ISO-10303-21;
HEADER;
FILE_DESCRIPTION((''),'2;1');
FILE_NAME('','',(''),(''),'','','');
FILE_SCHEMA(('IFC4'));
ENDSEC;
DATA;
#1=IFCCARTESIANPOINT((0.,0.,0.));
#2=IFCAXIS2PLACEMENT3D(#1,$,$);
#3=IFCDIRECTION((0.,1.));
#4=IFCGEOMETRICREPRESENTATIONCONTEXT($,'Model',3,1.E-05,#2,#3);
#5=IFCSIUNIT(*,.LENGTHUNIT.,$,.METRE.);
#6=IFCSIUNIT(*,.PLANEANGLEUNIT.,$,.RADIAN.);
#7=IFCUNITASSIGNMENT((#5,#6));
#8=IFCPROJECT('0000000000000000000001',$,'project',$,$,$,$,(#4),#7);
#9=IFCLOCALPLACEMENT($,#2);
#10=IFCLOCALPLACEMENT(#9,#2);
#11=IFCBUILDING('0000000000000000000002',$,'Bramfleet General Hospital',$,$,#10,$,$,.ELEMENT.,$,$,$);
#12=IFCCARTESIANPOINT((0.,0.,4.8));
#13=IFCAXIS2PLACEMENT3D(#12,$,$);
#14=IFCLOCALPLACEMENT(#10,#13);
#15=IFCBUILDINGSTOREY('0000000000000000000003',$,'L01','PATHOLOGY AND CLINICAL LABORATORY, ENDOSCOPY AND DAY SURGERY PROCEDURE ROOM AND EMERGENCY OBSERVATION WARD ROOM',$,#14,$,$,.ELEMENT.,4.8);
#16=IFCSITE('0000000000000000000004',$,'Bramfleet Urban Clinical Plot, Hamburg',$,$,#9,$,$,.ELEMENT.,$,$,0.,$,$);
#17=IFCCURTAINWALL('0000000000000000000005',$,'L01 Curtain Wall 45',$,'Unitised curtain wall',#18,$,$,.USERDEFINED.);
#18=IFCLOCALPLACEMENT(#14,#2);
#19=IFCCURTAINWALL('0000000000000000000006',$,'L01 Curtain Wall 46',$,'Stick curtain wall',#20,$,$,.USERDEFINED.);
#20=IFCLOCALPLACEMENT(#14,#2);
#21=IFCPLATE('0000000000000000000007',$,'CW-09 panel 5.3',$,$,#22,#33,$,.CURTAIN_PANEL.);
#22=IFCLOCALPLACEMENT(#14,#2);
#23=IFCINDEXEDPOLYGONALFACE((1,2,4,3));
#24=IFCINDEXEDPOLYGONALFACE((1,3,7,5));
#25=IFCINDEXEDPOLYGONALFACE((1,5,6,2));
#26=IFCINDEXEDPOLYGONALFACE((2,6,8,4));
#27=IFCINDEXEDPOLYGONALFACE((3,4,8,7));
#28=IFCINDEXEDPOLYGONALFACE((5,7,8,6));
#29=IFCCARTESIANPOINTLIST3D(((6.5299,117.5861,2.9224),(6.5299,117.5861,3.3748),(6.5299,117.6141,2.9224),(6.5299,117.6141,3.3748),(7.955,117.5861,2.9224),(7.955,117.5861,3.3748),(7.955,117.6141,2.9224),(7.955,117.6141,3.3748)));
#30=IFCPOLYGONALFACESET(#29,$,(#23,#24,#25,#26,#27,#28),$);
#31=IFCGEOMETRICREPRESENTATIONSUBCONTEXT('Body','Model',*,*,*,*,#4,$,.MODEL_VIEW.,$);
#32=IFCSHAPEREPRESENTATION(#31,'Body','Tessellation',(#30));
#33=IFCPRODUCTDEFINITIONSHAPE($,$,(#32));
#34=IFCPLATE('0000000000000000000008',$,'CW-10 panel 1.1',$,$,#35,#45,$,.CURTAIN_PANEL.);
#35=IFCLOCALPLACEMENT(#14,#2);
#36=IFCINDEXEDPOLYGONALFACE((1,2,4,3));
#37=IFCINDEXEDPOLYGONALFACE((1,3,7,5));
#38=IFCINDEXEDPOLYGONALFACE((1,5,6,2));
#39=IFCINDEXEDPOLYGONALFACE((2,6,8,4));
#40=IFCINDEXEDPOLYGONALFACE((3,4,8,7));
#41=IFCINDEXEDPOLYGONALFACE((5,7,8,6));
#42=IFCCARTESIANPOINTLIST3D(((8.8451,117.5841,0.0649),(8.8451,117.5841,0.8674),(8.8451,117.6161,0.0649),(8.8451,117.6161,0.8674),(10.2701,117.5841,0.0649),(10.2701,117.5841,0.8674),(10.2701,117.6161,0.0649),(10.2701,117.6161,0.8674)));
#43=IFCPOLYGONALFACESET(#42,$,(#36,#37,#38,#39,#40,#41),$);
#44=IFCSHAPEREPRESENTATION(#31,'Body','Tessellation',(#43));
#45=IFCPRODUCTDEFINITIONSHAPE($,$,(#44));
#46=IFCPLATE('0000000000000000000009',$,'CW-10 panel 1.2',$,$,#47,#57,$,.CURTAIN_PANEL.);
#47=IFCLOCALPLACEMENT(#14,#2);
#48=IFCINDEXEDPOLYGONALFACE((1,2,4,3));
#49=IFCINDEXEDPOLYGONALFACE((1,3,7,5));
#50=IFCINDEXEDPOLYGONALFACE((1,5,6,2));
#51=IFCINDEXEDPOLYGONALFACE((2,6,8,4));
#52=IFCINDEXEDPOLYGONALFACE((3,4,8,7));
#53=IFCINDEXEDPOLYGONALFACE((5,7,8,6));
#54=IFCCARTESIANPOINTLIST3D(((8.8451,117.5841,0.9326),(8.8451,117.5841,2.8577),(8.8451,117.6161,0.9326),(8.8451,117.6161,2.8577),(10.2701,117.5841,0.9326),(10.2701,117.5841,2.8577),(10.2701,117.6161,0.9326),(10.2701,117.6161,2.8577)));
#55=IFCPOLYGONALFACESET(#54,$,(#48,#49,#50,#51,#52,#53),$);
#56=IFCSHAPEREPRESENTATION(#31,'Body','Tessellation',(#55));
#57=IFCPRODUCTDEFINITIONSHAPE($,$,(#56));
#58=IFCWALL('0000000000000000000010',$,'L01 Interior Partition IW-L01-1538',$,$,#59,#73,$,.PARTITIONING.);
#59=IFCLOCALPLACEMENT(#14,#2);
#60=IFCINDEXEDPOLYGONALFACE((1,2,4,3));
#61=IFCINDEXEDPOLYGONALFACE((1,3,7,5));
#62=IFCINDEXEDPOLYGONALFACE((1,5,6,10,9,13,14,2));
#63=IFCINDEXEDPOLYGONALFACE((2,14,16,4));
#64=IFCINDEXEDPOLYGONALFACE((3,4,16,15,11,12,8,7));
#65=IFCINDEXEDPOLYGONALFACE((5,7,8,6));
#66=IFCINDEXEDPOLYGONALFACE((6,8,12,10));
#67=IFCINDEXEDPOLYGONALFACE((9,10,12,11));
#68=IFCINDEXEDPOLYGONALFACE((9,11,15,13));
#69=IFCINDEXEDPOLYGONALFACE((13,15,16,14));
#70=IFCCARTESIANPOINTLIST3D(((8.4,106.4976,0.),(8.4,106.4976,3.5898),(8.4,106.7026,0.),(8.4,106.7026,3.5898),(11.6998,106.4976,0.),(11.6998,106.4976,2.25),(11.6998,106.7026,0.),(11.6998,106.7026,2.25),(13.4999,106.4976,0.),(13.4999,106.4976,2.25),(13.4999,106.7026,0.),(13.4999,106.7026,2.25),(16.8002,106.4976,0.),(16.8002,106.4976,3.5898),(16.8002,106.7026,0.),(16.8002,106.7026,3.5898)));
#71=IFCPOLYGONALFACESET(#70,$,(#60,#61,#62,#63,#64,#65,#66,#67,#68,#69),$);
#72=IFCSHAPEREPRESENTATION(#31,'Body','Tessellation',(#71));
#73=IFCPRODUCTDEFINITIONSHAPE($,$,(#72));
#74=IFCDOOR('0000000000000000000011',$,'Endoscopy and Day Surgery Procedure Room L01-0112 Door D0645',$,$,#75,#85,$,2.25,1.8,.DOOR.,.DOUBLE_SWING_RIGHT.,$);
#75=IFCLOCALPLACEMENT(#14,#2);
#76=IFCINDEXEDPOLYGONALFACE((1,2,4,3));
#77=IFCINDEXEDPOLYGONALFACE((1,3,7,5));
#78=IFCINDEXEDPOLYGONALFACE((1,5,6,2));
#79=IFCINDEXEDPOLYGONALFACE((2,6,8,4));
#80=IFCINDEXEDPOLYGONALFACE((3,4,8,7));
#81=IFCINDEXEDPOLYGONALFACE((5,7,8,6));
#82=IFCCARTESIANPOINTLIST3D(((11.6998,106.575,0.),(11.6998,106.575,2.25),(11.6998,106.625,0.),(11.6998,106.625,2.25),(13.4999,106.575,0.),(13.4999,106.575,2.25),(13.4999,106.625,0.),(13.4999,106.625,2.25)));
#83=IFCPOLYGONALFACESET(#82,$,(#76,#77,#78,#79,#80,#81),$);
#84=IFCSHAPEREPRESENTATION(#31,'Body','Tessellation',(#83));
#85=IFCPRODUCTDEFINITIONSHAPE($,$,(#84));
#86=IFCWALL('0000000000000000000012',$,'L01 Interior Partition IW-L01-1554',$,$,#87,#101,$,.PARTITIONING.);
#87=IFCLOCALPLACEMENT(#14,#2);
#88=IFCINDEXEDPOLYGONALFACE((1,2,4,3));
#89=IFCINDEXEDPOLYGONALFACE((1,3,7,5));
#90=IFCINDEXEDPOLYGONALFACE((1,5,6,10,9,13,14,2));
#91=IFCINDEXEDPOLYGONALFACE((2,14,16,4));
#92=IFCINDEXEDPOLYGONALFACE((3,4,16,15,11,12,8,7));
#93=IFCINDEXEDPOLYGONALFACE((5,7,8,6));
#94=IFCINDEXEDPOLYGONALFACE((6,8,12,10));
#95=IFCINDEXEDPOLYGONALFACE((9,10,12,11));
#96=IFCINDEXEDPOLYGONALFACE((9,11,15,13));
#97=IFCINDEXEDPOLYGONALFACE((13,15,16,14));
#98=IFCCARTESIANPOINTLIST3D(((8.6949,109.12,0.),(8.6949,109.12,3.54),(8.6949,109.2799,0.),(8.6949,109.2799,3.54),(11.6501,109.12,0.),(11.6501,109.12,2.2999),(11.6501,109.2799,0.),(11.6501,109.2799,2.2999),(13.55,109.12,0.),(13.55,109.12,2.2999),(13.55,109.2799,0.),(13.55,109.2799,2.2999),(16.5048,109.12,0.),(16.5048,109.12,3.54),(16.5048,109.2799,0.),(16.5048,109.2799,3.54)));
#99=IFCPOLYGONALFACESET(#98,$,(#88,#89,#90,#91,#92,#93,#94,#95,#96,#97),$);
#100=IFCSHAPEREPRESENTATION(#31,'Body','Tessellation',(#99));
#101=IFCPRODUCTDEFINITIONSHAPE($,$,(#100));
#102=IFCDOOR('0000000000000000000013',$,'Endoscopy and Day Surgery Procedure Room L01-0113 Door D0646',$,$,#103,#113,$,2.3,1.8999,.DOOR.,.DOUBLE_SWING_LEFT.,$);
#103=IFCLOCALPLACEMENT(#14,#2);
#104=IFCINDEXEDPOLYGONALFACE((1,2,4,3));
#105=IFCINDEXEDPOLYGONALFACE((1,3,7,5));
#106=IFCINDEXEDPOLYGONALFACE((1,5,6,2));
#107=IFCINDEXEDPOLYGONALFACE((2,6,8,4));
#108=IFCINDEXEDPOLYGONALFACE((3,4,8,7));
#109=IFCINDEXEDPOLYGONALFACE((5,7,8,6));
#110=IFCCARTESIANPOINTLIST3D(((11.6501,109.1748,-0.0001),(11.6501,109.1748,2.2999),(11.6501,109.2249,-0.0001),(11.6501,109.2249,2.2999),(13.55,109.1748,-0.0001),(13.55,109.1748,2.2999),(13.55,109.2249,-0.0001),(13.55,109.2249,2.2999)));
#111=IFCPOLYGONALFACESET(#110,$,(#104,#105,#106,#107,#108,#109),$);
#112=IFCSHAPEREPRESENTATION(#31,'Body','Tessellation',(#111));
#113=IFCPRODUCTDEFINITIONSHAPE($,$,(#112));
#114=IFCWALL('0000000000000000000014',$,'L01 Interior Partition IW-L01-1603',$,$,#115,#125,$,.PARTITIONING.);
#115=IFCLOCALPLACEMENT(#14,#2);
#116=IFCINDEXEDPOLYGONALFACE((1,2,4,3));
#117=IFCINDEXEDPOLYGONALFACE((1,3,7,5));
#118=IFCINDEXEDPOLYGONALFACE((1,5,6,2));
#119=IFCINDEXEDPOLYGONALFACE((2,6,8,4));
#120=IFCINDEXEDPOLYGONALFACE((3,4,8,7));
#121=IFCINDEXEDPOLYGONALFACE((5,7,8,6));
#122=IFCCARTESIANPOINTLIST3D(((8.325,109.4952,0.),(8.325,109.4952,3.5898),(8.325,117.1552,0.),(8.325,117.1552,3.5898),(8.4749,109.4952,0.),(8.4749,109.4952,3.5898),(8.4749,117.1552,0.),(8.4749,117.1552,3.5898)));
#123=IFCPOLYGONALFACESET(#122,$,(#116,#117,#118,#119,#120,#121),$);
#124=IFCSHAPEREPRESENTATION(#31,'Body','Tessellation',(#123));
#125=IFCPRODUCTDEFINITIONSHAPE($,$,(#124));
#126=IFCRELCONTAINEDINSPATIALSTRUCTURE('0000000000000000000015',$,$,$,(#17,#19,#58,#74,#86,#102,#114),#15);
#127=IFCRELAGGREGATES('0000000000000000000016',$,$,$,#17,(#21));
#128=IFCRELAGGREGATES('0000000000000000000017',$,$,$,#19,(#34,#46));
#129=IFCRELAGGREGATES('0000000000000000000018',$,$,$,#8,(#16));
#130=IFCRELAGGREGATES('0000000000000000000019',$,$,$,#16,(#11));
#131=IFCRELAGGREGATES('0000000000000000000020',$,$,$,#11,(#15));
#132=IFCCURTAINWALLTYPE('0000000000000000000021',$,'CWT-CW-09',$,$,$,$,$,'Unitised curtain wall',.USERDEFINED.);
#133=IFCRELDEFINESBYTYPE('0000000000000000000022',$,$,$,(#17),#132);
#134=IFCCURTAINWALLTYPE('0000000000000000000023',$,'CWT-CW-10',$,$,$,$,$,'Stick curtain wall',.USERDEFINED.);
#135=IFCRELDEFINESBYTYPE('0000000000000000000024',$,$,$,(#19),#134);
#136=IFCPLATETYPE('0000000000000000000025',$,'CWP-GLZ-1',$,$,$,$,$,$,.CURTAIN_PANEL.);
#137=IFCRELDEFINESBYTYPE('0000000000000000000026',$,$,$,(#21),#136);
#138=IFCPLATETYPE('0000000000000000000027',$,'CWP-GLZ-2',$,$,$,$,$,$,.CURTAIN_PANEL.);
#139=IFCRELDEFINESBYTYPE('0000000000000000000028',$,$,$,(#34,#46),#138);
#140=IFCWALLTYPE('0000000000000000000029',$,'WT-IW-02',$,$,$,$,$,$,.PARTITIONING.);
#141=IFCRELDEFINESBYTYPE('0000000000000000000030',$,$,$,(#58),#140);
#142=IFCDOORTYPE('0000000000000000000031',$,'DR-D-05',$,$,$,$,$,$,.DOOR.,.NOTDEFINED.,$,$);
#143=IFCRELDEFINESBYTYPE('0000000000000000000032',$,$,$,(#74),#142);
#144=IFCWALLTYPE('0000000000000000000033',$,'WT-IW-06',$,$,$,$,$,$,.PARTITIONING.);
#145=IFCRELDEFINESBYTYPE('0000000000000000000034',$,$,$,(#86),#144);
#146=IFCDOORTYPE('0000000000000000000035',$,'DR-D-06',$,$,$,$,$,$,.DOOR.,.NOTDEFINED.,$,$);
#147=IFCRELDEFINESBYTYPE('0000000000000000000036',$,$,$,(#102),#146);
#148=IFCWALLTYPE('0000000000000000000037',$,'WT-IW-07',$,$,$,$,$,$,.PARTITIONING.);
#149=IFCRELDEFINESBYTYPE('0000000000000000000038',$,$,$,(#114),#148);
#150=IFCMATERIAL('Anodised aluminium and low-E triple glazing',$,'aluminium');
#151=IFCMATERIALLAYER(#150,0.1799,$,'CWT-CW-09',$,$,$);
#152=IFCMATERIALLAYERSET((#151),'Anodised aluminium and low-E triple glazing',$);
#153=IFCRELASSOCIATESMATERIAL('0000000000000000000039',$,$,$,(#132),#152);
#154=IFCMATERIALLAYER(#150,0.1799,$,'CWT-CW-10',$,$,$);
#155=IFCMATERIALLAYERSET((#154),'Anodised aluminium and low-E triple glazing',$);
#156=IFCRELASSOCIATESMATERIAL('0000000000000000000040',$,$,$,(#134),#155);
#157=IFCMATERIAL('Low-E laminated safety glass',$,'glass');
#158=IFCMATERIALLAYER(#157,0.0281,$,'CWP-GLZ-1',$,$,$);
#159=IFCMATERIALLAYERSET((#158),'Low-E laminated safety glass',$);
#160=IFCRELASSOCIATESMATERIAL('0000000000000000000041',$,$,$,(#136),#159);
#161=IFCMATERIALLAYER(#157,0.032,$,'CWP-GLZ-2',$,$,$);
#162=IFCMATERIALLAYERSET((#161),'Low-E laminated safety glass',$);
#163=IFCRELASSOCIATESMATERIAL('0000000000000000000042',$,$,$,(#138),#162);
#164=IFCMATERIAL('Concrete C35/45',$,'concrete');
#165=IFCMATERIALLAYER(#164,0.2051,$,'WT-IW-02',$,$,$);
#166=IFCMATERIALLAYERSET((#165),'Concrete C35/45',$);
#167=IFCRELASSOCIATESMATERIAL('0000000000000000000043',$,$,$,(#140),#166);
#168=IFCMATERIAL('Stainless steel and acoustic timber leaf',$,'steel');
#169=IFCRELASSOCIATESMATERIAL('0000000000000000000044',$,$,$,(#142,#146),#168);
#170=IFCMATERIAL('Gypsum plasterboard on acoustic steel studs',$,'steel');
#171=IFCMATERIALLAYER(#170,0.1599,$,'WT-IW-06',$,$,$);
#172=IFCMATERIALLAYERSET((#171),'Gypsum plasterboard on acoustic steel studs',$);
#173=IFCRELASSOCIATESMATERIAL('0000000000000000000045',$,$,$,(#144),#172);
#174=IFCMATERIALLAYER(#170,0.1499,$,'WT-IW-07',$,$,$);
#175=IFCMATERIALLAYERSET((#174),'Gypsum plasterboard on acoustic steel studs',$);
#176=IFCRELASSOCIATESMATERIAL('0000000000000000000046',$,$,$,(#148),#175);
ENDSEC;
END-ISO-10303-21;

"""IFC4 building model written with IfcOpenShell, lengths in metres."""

from ifc_helpers import new_model, si_unit, direction, frame, frame_2d, origin, origin_2d, place, context, subcontext, project, spatial, rectangle, extrude, material, layer, layer_set, type_object, element, fill, aggregate, save


model = new_model("IFC4")

# Units and contexts
model_context = context("Model", 3, precision=1e-05, world=origin(), true_north=direction((0.0, 1.0)))
body_context = subcontext(model_context, "Body", "Model", "MODEL_VIEW")
ifc_project = project(units=[si_unit("LENGTHUNIT", "METRE"), si_unit("PLANEANGLEUNIT", "RADIAN")], contexts=[model_context])

# Site, building, storey
site_placement = place(None, origin())
site = spatial("IfcSite", under=ifc_project, at=site_placement, Name="Bramfleet Urban Clinical Plot, Hamburg", CompositionType="ELEMENT", RefElevation=0.0)
building_placement = place(site_placement, origin())
building = spatial("IfcBuilding", under=site, at=building_placement, Name="Bramfleet General Hospital", CompositionType="ELEMENT")
storey_placement = place(building_placement, frame((0.0, 0.0, 4.8)))
storey = spatial("IfcBuildingStorey", under=building, at=storey_placement, Name="L01", Description="PATHOLOGY AND CLINICAL LABORATORY, ENDOSCOPY AND DAY SURGERY PROCEDURE ROOM AND EMERGENCY OBSERVATION WARD ROOM", CompositionType="ELEMENT", Elevation=4.8)

# Shared definitions
ifc_material_1 = material(Name="Concrete C35/45", Category="concrete")

# Curtain wall
ifc_material_2 = material(Name="Anodised aluminium and low-E triple glazing", Category="aluminium")
ifc_layer_1 = layer(ifc_material_2, 0.1799, Name="CWT-CW-09")
ifc_layer_set_1 = layer_set([ifc_layer_1], Name="Anodised aluminium and low-E triple glazing")
curtain_wall_type_1 = type_object("IfcCurtainWallType", Name="CWT-CW-09", ElementType="Unitised curtain wall", PredefinedType="USERDEFINED", material=ifc_layer_set_1)
curtain_wall_1_placement = place(storey_placement, origin())
curtain_wall_1 = element("IfcCurtainWall", 1, at=curtain_wall_1_placement, inside=storey, type_object=curtain_wall_type_1, Name="L01 Curtain Wall 45", ObjectType="Unitised curtain wall", PredefinedType="USERDEFINED")

# Curtain wall
ifc_layer_2 = layer(ifc_material_2, 0.1799, Name="CWT-CW-10")
ifc_layer_set_2 = layer_set([ifc_layer_2], Name="Anodised aluminium and low-E triple glazing")
curtain_wall_type_2 = type_object("IfcCurtainWallType", Name="CWT-CW-10", ElementType="Stick curtain wall", PredefinedType="USERDEFINED", material=ifc_layer_set_2)
curtain_wall_2_placement = place(storey_placement, origin())
curtain_wall_2 = element("IfcCurtainWall", 2, at=curtain_wall_2_placement, inside=storey, type_object=curtain_wall_type_2, Name="L01 Curtain Wall 46", ObjectType="Stick curtain wall", PredefinedType="USERDEFINED")

# Plates
ifc_material_3 = material(Name="Low-E laminated safety glass", Category="glass")
ifc_layer_3 = layer(ifc_material_3, 0.0281, Name="CWP-GLZ-1")
ifc_layer_set_3 = layer_set([ifc_layer_3], Name="Low-E laminated safety glass")
plate_type_1 = type_object("IfcPlateType", Name="CWP-GLZ-1", PredefinedType="CURTAIN_PANEL", material=ifc_layer_set_3)
plate_1_placement = place(storey_placement, frame((7.2424, 117.6001, 2.9224), z_axis=(0.0, 0.0, 1.0), x_axis=(1.0, 0.0, 0.0)))
plate_1 = element("IfcPlate", 3, at=plate_1_placement, type_object=plate_type_1, Name="CW-09 panel 5.3", PredefinedType="CURTAIN_PANEL", context=body_context, shape_type="SweptSolid", body=[
    extrude(rectangle(XDim=1.425, YDim=0.0281, at=origin_2d()), origin(), (0.0, 0.0, 1.0), 0.4524),
])
aggregate(curtain_wall_1, [plate_1])
ifc_layer_4 = layer(ifc_material_3, 0.032, Name="CWP-GLZ-2")
ifc_layer_set_4 = layer_set([ifc_layer_4], Name="Low-E laminated safety glass")
plate_type_2 = type_object("IfcPlateType", Name="CWP-GLZ-2", PredefinedType="CURTAIN_PANEL", material=ifc_layer_set_4)
plate_2_placement = place(storey_placement, frame((9.5576, 117.6001, 0.0649), z_axis=(0.0, 0.0, 1.0), x_axis=(1.0, 0.0, 0.0)))
plate_2 = element("IfcPlate", 4, at=plate_2_placement, type_object=plate_type_2, Name="CW-10 panel 1.1", PredefinedType="CURTAIN_PANEL", context=body_context, shape_type="SweptSolid", body=[
    extrude(rectangle(XDim=1.425, YDim=0.032, at=origin_2d()), origin(), (0.0, 0.0, 1.0), 0.8025),
])
plate_3_placement = place(storey_placement, frame((9.5576, 117.6001, 0.9326), z_axis=(0.0, 0.0, 1.0), x_axis=(1.0, 0.0, 0.0)))
plate_3 = element("IfcPlate", 5, at=plate_3_placement, type_object=plate_type_2, Name="CW-10 panel 1.2", PredefinedType="CURTAIN_PANEL", context=body_context, shape_type="SweptSolid", body=[
    extrude(rectangle(XDim=1.425, YDim=0.032, at=origin_2d()), origin(), (0.0, 0.0, 1.0), 1.925),
])
aggregate(curtain_wall_2, [plate_2, plate_3])

# Walls, openings, doors
ifc_layer_5 = layer(ifc_material_1, 0.2051, Name="WT-IW-02")
ifc_layer_set_5 = layer_set([ifc_layer_5], Name="Concrete C35/45")
wall_type_1 = type_object("IfcWallType", Name="WT-IW-02", PredefinedType="PARTITIONING", material=ifc_layer_set_5)
wall_1_placement = place(storey_placement, frame((8.3999, 106.6001, 0.0), z_axis=(0.0, 0.0, 1.0), x_axis=(1.0, 0.0, 0.0)))
wall_1 = element("IfcWall", 6, at=wall_1_placement, inside=storey, type_object=wall_type_1, Name="L01 Interior Partition IW-L01-1538", PredefinedType="PARTITIONING", context=body_context, shape_type="SweptSolid", body=[
    extrude(rectangle(XDim=8.4001, YDim=0.2051, at=frame_2d((4.2002, 0.0))), origin(), (0.0, 0.0, 1.0), 3.5898),
])
opening_1_placement = place(wall_1_placement, frame((3.3, 0.0, 0.0)))
opening_1 = element("IfcOpeningElement", 7, at=opening_1_placement, cuts=wall_1, PredefinedType="OPENING", context=body_context, shape_type="SweptSolid", body=[
    extrude(rectangle(XDim=1.8, YDim=2.25, at=frame_2d((0.8999, 1.125))), frame((0.0, 0.1125, 0.0), z_axis=(0.0, -1.0, 0.0), x_axis=(1.0, 0.0, 0.0)), (0.0, 0.0, 1.0), 0.2251),
])
ifc_material_4 = material(Name="Stainless steel and acoustic timber leaf", Category="steel")
door_type_1 = type_object("IfcDoorType", Name="DR-D-05", OperationType="NOTDEFINED", PredefinedType="DOOR", material=ifc_material_4)
door_1_placement = place(opening_1_placement, origin())
door_1 = element("IfcDoor", 8, at=door_1_placement, inside=storey, type_object=door_type_1, Name="Endoscopy and Day Surgery Procedure Room L01-0112 Door D0645", OperationType="DOUBLE_SWING_RIGHT", OverallHeight=2.25, OverallWidth=1.8, PredefinedType="DOOR", context=body_context, shape_type="SweptSolid", body=[
    extrude(rectangle(XDim=1.8, YDim=2.25, at=frame_2d((0.8999, 1.125))), frame((0.0, 0.0249, 0.0), z_axis=(0.0, -1.0, 0.0), x_axis=(1.0, 0.0, 0.0)), (0.0, 0.0, 1.0), 0.05),
])
fill(opening_1, door_1)
ifc_material_5 = material(Name="Gypsum plasterboard on acoustic steel studs", Category="steel")
ifc_layer_6 = layer(ifc_material_5, 0.1599, Name="WT-IW-06")
ifc_layer_set_6 = layer_set([ifc_layer_6], Name="Gypsum plasterboard on acoustic steel studs")
wall_type_2 = type_object("IfcWallType", Name="WT-IW-06", PredefinedType="PARTITIONING", material=ifc_layer_set_6)
wall_2_placement = place(storey_placement, frame((8.6951, 109.2, 0.0), z_axis=(0.0, 0.0, 1.0), x_axis=(1.0, 0.0, 0.0)))
wall_2 = element("IfcWall", 9, at=wall_2_placement, inside=storey, type_object=wall_type_2, Name="L01 Interior Partition IW-L01-1554", PredefinedType="PARTITIONING", context=body_context, shape_type="SweptSolid", body=[
    extrude(rectangle(XDim=7.8098, YDim=0.1599, at=frame_2d((3.9048, 0.0))), origin(), (0.0, 0.0, 1.0), 3.54),
])
opening_2_placement = place(wall_2_placement, frame((2.9551, 0.0, 0.0)))
opening_2 = element("IfcOpeningElement", 10, at=opening_2_placement, cuts=wall_2, PredefinedType="OPENING", context=body_context, shape_type="SweptSolid", body=[
    extrude(rectangle(XDim=1.8999, YDim=2.3, at=frame_2d((0.95, 1.1499))), frame((0.0, 0.0898, 0.0), z_axis=(0.0, -1.0, 0.0), x_axis=(1.0, 0.0, 0.0)), (0.0, 0.0, 1.0), 0.1799),
])
door_type_2 = type_object("IfcDoorType", Name="DR-D-06", OperationType="NOTDEFINED", PredefinedType="DOOR", material=ifc_material_4)
door_2_placement = place(opening_2_placement, origin())
door_2 = element("IfcDoor", 11, at=door_2_placement, inside=storey, type_object=door_type_2, Name="Endoscopy and Day Surgery Procedure Room L01-0113 Door D0646", OperationType="DOUBLE_SWING_LEFT", OverallHeight=2.3, OverallWidth=1.8999, PredefinedType="DOOR", context=body_context, shape_type="SweptSolid", body=[
    extrude(rectangle(XDim=1.8999, YDim=2.3, at=frame_2d((0.95, 1.1499))), frame((0.0, 0.0249, 0.0), z_axis=(0.0, -1.0, 0.0), x_axis=(1.0, 0.0, 0.0)), (0.0, 0.0, 1.0), 0.05),
])
fill(opening_2, door_2)

# Wall
ifc_layer_7 = layer(ifc_material_5, 0.1499, Name="WT-IW-07")
ifc_layer_set_7 = layer_set([ifc_layer_7], Name="Gypsum plasterboard on acoustic steel studs")
wall_type_3 = type_object("IfcWallType", Name="WT-IW-07", PredefinedType="PARTITIONING", material=ifc_layer_set_7)
wall_3_placement = place(storey_placement, frame((8.3999, 109.4951, 0.0), z_axis=(0.0, 0.0, 1.0), x_axis=(0.0, 1.0, 0.0)))
element("IfcWall", 12, at=wall_3_placement, inside=storey, type_object=wall_type_3, Name="L01 Interior Partition IW-L01-1603", PredefinedType="PARTITIONING", context=body_context, shape_type="SweptSolid", body=[
    extrude(rectangle(XDim=7.6599, YDim=0.1499, at=frame_2d((3.8301, 0.0))), origin(), (0.0, 0.0, 1.0), 3.5898),
])

save(model, "model.ifc")
